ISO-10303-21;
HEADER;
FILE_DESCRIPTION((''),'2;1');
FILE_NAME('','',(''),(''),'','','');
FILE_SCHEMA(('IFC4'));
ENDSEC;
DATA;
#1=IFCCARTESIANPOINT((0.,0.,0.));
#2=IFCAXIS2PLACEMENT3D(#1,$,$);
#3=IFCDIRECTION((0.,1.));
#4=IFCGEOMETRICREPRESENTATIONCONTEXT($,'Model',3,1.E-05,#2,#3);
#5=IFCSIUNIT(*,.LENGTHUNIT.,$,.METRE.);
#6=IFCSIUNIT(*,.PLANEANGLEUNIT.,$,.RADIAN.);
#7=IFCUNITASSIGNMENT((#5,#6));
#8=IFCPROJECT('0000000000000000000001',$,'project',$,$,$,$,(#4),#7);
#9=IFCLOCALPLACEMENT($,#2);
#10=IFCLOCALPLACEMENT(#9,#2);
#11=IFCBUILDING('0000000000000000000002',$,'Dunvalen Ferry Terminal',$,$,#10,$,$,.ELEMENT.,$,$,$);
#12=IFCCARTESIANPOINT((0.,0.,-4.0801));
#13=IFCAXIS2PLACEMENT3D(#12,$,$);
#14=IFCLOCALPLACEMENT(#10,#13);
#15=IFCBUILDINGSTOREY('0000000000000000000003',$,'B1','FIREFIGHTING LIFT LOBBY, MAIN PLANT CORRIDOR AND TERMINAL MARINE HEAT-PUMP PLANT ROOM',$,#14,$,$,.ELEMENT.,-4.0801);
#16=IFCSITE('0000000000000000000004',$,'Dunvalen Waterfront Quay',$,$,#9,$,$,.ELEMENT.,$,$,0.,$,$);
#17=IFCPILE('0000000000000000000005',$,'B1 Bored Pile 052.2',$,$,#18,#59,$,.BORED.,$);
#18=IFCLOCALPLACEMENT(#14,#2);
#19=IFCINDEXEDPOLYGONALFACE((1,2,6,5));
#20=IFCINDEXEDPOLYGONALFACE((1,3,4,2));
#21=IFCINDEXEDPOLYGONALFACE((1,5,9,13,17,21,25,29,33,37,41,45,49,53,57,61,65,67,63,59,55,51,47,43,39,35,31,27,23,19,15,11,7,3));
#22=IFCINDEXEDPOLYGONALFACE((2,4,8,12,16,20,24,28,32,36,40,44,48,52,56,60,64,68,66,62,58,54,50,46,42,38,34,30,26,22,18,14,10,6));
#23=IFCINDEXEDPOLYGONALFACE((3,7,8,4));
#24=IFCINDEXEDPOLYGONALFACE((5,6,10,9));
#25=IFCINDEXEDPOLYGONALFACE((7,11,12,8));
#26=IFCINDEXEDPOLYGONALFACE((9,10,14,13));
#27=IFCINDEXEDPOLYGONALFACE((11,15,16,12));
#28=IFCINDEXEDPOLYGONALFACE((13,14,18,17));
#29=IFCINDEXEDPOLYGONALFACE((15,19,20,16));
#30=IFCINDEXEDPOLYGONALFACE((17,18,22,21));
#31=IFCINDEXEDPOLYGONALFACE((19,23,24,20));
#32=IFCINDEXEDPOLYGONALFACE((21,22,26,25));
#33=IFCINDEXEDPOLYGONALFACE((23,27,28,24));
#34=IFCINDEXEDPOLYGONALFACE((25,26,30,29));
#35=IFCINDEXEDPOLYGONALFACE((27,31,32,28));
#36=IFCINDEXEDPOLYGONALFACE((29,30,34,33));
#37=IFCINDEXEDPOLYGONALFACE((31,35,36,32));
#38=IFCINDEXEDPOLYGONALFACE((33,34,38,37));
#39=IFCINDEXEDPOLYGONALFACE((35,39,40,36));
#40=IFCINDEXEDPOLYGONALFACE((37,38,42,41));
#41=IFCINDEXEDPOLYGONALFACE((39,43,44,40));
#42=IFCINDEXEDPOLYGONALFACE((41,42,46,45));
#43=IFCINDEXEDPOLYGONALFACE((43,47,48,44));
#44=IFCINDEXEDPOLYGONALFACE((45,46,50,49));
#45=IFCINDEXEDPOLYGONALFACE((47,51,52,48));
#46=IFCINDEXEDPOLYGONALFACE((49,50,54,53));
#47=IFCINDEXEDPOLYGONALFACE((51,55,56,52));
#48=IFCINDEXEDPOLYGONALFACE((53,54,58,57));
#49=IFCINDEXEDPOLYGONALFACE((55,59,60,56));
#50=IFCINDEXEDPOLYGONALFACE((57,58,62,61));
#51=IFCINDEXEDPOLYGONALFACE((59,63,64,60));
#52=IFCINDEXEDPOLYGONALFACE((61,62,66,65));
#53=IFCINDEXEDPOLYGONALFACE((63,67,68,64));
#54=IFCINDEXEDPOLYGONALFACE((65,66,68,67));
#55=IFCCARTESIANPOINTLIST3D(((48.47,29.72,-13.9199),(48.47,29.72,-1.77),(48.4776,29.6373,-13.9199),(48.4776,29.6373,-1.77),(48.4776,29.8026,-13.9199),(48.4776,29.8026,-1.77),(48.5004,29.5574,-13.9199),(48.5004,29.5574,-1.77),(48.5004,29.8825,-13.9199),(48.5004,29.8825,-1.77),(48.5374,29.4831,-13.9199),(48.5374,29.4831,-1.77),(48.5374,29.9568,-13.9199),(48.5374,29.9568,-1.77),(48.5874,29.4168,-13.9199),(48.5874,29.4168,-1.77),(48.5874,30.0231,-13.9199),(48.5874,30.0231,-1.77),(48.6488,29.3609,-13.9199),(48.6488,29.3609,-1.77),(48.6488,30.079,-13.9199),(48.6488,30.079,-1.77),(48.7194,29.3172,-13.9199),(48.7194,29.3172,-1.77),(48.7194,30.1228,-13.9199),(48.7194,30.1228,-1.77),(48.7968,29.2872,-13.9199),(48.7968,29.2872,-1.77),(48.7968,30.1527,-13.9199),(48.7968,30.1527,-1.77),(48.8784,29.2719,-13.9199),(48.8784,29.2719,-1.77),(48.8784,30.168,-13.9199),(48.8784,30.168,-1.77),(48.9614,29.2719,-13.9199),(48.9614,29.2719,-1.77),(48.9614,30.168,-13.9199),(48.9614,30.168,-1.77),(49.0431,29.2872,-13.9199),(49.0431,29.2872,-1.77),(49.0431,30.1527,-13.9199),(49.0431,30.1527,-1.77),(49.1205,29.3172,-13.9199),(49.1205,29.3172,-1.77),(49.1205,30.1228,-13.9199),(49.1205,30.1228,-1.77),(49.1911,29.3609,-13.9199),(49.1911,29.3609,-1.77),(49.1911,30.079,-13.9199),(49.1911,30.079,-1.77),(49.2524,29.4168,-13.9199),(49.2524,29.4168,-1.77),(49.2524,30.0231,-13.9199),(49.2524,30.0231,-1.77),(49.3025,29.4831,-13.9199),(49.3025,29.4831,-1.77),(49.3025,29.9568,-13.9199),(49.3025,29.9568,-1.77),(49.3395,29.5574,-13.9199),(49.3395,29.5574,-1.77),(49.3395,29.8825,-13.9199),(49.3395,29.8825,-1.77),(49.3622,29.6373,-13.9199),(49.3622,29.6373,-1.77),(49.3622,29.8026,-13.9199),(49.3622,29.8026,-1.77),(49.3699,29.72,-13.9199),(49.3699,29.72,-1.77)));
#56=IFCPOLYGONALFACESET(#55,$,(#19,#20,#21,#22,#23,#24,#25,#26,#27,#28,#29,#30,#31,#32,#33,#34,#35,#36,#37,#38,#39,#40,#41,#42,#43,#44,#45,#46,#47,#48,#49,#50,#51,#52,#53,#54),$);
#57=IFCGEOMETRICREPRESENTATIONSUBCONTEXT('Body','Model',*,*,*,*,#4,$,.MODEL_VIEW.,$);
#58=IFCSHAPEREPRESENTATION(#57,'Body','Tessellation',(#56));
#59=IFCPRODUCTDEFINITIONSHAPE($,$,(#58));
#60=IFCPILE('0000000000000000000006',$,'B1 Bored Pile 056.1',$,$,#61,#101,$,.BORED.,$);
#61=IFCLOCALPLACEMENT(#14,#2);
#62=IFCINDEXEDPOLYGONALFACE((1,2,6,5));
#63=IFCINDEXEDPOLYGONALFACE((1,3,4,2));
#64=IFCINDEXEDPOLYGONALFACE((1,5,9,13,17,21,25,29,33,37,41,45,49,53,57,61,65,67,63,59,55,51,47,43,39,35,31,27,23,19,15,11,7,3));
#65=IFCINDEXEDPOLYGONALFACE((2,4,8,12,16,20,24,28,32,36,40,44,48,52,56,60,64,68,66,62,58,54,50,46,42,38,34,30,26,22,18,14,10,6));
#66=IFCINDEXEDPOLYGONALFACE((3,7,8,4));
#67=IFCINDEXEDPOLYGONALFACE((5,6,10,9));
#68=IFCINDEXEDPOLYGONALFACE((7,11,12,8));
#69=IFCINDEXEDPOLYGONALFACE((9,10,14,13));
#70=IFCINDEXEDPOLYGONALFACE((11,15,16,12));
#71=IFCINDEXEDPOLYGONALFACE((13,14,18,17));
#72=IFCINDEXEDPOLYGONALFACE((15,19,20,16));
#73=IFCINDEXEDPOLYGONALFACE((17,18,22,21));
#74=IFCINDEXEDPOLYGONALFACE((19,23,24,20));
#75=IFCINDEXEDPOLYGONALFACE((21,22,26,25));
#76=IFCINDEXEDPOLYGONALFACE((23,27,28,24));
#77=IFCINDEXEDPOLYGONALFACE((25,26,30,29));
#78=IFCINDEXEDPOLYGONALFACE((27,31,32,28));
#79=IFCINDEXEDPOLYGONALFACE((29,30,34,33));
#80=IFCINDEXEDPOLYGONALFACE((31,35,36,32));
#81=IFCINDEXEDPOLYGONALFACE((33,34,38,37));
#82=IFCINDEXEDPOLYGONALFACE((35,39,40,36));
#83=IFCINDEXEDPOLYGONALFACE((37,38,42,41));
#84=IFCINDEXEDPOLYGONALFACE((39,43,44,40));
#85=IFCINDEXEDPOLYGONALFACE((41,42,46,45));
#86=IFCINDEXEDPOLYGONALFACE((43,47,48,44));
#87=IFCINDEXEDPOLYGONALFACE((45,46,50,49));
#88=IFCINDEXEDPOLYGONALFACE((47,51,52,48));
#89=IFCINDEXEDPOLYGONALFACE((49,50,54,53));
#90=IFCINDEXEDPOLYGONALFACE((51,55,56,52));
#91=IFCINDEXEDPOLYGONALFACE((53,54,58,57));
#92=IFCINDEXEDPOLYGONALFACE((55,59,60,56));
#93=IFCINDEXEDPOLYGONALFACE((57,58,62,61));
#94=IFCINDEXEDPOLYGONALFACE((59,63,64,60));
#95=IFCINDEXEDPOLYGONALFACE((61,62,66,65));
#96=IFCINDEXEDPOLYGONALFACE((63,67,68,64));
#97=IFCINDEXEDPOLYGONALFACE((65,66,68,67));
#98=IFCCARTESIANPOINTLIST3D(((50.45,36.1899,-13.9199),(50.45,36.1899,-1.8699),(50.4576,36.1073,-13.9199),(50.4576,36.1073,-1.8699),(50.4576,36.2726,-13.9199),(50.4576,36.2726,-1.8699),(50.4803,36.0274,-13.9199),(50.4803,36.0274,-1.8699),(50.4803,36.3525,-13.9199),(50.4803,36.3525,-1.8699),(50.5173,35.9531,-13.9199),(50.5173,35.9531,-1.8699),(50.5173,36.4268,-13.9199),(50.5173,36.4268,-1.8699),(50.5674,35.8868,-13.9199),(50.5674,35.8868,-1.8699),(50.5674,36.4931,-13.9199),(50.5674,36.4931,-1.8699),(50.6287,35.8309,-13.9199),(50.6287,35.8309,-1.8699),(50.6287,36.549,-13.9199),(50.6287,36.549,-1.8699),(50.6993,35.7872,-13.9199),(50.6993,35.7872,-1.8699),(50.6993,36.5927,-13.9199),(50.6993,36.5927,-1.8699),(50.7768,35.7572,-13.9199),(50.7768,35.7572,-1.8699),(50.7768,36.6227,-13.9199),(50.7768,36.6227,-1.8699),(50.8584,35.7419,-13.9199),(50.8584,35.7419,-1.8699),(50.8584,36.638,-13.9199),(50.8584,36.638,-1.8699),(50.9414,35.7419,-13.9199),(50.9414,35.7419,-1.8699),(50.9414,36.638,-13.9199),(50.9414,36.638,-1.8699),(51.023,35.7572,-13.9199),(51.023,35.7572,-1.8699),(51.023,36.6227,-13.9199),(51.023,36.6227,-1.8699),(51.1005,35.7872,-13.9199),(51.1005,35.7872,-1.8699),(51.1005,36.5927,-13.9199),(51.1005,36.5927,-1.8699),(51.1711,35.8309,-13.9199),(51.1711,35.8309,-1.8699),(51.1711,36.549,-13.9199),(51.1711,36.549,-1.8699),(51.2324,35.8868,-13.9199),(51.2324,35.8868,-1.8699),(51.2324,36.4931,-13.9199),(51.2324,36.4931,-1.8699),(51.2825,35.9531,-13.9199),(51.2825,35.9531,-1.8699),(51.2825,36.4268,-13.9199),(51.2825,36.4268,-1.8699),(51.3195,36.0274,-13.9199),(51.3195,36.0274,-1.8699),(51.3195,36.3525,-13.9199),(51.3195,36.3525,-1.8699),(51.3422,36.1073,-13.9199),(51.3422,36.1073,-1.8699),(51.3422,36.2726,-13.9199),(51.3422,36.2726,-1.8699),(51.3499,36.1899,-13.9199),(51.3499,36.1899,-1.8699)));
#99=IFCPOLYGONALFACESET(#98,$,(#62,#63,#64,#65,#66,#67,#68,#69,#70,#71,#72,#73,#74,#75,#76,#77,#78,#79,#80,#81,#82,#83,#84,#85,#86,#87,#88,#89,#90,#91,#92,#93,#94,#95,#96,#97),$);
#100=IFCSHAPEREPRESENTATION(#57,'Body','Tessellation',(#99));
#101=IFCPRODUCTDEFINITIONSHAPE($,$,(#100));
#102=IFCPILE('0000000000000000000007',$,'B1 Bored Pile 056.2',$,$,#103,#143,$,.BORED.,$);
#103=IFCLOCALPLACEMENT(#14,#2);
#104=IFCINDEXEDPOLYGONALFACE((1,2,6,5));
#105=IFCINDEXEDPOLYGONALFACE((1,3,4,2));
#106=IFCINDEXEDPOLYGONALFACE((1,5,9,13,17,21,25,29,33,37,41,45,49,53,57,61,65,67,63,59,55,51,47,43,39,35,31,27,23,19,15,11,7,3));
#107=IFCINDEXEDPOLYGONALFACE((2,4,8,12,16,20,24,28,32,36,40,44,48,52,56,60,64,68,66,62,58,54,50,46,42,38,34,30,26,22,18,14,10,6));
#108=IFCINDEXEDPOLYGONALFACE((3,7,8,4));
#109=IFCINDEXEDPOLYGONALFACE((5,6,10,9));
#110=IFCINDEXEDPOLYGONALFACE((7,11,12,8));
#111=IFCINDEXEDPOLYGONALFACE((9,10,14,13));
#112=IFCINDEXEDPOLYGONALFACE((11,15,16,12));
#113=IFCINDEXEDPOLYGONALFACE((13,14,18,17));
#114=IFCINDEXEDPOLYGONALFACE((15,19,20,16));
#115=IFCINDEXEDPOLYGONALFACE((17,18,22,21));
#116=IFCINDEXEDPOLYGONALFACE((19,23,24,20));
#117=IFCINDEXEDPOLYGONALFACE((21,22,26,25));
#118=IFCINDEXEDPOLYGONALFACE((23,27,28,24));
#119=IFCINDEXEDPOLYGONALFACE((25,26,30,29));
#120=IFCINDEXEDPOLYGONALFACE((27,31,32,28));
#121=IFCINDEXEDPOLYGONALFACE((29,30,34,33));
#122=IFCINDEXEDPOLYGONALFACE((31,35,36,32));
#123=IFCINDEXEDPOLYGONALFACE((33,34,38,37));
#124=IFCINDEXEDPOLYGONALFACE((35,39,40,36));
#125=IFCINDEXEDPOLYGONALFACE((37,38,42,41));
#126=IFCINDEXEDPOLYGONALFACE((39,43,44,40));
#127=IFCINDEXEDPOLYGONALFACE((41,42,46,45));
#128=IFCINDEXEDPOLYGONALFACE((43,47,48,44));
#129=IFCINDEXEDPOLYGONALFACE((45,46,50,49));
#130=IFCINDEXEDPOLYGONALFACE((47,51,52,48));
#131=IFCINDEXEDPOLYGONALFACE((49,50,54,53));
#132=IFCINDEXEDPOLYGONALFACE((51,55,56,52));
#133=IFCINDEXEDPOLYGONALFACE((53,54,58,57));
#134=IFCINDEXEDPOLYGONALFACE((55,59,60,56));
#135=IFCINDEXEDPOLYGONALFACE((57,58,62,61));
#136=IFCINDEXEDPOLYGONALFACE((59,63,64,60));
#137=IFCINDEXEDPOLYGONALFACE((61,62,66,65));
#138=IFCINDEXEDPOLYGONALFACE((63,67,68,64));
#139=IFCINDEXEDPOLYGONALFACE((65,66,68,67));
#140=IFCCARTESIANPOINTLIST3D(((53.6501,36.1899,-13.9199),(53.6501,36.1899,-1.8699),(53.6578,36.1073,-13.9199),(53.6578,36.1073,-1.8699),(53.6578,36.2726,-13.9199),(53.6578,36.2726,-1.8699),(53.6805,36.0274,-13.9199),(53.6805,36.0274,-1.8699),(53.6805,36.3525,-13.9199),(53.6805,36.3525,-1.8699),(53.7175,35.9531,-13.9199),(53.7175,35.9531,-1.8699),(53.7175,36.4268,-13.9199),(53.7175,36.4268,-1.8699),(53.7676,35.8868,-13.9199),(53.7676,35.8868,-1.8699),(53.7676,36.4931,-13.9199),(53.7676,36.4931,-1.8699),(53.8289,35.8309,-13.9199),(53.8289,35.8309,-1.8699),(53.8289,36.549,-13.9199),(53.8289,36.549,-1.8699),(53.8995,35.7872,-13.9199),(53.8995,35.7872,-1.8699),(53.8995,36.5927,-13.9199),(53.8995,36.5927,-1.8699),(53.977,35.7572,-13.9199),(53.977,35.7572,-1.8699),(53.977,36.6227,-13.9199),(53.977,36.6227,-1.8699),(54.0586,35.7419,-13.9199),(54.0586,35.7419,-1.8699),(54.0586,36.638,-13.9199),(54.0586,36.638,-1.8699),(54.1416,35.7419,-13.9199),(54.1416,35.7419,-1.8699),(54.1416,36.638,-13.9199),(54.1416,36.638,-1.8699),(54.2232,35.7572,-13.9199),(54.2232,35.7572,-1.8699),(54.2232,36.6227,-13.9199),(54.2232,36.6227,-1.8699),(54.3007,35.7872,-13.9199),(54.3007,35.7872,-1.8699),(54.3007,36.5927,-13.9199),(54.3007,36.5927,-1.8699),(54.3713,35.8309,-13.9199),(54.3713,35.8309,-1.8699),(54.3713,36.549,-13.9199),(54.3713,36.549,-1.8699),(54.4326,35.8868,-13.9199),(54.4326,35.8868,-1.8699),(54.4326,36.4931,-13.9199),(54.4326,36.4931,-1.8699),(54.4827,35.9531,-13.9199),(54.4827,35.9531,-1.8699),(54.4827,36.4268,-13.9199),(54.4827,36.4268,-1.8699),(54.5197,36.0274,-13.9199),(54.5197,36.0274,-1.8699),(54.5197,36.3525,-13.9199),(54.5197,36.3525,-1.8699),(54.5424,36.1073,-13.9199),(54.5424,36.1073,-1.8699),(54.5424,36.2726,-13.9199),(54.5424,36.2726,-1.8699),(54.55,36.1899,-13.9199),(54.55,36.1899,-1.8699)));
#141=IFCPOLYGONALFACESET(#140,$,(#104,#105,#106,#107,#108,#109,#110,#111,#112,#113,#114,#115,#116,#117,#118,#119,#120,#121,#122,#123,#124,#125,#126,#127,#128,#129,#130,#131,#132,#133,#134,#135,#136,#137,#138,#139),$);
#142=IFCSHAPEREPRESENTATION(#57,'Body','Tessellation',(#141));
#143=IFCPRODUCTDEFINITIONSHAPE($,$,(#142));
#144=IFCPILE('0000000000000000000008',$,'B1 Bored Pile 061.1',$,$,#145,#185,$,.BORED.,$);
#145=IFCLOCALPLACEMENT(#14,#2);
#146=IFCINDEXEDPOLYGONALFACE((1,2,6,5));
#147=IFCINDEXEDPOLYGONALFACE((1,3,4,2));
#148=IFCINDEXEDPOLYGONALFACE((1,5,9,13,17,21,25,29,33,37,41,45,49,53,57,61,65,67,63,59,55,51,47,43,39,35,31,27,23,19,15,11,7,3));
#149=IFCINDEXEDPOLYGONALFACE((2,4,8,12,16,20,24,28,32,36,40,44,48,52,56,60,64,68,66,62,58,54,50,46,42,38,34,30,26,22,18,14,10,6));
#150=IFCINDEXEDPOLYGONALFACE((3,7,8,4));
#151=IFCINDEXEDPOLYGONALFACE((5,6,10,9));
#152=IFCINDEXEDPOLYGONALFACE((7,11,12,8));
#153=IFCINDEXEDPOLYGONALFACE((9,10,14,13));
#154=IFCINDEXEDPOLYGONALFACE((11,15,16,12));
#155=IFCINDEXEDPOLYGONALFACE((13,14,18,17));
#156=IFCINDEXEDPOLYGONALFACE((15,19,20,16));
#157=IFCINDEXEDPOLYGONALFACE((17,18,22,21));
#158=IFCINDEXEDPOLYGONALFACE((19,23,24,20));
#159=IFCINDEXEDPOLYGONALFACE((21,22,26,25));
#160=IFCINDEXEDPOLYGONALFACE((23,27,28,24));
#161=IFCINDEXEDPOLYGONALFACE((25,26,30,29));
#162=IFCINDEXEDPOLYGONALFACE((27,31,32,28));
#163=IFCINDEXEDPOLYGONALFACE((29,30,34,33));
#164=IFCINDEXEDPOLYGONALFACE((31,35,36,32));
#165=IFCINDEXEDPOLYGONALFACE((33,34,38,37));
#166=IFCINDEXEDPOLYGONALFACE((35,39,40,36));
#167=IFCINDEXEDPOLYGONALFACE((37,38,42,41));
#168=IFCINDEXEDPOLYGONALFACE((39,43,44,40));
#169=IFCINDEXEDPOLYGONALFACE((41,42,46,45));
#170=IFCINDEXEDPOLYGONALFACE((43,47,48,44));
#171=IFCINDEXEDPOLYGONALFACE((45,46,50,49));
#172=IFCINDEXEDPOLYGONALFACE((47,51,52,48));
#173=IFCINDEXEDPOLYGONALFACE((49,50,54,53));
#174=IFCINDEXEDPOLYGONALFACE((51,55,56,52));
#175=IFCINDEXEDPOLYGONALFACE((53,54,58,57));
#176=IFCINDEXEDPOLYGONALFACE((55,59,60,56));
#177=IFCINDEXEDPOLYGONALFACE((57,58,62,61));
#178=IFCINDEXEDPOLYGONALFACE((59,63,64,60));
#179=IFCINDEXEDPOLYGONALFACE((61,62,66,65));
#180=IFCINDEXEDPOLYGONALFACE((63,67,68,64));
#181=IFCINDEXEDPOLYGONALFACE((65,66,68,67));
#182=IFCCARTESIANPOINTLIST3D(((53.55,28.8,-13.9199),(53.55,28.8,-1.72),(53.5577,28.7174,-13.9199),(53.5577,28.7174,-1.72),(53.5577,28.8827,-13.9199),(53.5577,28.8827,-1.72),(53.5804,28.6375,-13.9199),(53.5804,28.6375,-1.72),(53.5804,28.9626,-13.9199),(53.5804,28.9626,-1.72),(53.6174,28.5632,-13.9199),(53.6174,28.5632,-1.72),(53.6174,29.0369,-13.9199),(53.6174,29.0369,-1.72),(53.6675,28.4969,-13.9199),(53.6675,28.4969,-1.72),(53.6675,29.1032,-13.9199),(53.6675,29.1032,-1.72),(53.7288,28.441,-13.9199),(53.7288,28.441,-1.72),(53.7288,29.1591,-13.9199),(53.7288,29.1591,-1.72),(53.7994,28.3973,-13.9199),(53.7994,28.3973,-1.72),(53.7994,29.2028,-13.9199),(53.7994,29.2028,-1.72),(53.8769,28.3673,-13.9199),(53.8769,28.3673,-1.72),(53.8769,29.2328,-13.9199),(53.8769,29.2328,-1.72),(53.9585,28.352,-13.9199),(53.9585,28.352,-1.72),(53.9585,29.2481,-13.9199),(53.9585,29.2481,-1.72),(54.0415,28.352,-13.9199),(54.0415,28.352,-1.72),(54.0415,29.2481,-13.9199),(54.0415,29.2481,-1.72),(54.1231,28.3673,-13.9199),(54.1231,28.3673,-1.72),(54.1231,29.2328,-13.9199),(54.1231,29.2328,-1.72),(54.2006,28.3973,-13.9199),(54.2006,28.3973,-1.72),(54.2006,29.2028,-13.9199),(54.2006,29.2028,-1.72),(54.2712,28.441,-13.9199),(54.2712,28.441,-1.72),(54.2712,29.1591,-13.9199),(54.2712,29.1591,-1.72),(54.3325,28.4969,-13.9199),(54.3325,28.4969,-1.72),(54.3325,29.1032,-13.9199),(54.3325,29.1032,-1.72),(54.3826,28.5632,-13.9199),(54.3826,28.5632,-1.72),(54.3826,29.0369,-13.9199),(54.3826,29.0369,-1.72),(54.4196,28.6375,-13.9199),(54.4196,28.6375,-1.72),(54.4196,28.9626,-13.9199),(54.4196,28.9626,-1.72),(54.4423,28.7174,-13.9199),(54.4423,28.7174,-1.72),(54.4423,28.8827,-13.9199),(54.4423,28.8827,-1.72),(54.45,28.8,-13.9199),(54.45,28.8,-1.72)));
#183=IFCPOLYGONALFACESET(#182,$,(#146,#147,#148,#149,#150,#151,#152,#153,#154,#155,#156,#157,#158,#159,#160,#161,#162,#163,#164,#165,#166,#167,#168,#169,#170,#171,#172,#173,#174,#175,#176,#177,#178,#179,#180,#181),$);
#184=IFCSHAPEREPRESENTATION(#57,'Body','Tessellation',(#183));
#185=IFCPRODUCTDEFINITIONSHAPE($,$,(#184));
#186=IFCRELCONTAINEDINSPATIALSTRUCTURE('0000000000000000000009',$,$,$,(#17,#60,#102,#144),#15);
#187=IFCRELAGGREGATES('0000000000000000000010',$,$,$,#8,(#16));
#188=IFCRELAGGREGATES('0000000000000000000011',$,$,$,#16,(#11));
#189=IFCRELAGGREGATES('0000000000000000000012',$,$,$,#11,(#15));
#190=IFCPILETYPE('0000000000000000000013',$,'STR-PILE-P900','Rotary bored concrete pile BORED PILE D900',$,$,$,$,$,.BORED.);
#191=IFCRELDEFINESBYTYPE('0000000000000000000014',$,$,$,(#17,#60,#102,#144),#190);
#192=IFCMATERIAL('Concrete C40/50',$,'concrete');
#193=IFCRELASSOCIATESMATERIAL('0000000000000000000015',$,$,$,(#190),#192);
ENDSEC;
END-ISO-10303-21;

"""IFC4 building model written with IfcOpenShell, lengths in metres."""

from ifc_helpers import new_model, si_unit, direction, frame, origin, origin_2d, place, context, subcontext, project, spatial, circle, extrude, material, material_profile, profile_set, type_object, element, save


model = new_model("IFC4")

# Units and contexts
model_context = context("Model", 3, precision=1e-05, world=origin(), true_north=direction((0.0, 1.0)))
body_context = subcontext(model_context, "Body", "Model", "MODEL_VIEW")
ifc_project = project(units=[si_unit("LENGTHUNIT", "METRE"), si_unit("PLANEANGLEUNIT", "RADIAN")], contexts=[model_context])

# Site, building, storey
site_placement = place(None, origin())
site = spatial("IfcSite", under=ifc_project, at=site_placement, Name="Dunvalen Waterfront Quay", CompositionType="ELEMENT", RefElevation=0.0)
building_placement = place(site_placement, origin())
building = spatial("IfcBuilding", under=site, at=building_placement, Name="Dunvalen Ferry Terminal", CompositionType="ELEMENT")
storey_placement = place(building_placement, frame((0.0, 0.0, -4.0801)))
storey = spatial("IfcBuildingStorey", under=building, at=storey_placement, Name="B1", Description="FIREFIGHTING LIFT LOBBY, MAIN PLANT CORRIDOR AND TERMINAL MARINE HEAT-PUMP PLANT ROOM", CompositionType="ELEMENT", Elevation=-4.0801)

# Shared definitions
ifc_material = material(Name="Concrete C40/50", Category="concrete")

# Piles
ifc_material_profile_1 = material_profile(ifc_material, circle(Radius=0.45, at=origin_2d()), Name="Concrete C40/50")
ifc_profile_set_1 = profile_set([ifc_material_profile_1], Name="Concrete C40/50")
pile_type_1 = type_object("IfcPileType", Name="STR-PILE-P900", Description="Rotary bored concrete pile BORED PILE D900", PredefinedType="BORED", material=ifc_profile_set_1)
pile_1_placement = place(storey_placement, frame((48.9199, 29.72, -1.77), z_axis=(0.0, 0.0, -1.0), x_axis=(1.0, 0.0, 0.0)))
element("IfcPile", 1, at=pile_1_placement, inside=storey, type_object=pile_type_1, Name="B1 Bored Pile 052.2", PredefinedType="BORED", context=body_context, shape_type="SweptSolid", body=[
    extrude(circle(Radius=0.45, at=origin_2d()), origin(), (0.0, 0.0, 1.0), 12.1499),
])
for number, where, z_axis, x_axis, name in (
    (2, (50.8999, 36.1899, -1.8699), (0.0, 0.0, -1.0), (1.0, 0.0, 0.0), "B1 Bored Pile 056.1"),
    (3, (54.1001, 36.1899, -1.8699), (0.0, 0.0, -1.0), (1.0, 0.0, 0.0), "B1 Bored Pile 056.2"),
):
    element("IfcPile", number, at=place(storey_placement, frame(where, z_axis=z_axis, x_axis=x_axis)), inside=storey, type_object=pile_type_1, Name=name, PredefinedType="BORED", context=body_context, shape_type="SweptSolid", body=[
        extrude(circle(Radius=0.45, at=origin_2d()), origin(), (0.0, 0.0, 1.0), 12.05),
    ])
pile_2_placement = place(storey_placement, frame((54.0, 28.8, -1.72), z_axis=(0.0, 0.0, -1.0), x_axis=(1.0, 0.0, 0.0)))
element("IfcPile", 4, at=pile_2_placement, inside=storey, type_object=pile_type_1, Name="B1 Bored Pile 061.1", PredefinedType="BORED", context=body_context, shape_type="SweptSolid", body=[
    extrude(circle(Radius=0.45, at=origin_2d()), origin(), (0.0, 0.0, 1.0), 12.2),
])

save(model, "model.ifc")
